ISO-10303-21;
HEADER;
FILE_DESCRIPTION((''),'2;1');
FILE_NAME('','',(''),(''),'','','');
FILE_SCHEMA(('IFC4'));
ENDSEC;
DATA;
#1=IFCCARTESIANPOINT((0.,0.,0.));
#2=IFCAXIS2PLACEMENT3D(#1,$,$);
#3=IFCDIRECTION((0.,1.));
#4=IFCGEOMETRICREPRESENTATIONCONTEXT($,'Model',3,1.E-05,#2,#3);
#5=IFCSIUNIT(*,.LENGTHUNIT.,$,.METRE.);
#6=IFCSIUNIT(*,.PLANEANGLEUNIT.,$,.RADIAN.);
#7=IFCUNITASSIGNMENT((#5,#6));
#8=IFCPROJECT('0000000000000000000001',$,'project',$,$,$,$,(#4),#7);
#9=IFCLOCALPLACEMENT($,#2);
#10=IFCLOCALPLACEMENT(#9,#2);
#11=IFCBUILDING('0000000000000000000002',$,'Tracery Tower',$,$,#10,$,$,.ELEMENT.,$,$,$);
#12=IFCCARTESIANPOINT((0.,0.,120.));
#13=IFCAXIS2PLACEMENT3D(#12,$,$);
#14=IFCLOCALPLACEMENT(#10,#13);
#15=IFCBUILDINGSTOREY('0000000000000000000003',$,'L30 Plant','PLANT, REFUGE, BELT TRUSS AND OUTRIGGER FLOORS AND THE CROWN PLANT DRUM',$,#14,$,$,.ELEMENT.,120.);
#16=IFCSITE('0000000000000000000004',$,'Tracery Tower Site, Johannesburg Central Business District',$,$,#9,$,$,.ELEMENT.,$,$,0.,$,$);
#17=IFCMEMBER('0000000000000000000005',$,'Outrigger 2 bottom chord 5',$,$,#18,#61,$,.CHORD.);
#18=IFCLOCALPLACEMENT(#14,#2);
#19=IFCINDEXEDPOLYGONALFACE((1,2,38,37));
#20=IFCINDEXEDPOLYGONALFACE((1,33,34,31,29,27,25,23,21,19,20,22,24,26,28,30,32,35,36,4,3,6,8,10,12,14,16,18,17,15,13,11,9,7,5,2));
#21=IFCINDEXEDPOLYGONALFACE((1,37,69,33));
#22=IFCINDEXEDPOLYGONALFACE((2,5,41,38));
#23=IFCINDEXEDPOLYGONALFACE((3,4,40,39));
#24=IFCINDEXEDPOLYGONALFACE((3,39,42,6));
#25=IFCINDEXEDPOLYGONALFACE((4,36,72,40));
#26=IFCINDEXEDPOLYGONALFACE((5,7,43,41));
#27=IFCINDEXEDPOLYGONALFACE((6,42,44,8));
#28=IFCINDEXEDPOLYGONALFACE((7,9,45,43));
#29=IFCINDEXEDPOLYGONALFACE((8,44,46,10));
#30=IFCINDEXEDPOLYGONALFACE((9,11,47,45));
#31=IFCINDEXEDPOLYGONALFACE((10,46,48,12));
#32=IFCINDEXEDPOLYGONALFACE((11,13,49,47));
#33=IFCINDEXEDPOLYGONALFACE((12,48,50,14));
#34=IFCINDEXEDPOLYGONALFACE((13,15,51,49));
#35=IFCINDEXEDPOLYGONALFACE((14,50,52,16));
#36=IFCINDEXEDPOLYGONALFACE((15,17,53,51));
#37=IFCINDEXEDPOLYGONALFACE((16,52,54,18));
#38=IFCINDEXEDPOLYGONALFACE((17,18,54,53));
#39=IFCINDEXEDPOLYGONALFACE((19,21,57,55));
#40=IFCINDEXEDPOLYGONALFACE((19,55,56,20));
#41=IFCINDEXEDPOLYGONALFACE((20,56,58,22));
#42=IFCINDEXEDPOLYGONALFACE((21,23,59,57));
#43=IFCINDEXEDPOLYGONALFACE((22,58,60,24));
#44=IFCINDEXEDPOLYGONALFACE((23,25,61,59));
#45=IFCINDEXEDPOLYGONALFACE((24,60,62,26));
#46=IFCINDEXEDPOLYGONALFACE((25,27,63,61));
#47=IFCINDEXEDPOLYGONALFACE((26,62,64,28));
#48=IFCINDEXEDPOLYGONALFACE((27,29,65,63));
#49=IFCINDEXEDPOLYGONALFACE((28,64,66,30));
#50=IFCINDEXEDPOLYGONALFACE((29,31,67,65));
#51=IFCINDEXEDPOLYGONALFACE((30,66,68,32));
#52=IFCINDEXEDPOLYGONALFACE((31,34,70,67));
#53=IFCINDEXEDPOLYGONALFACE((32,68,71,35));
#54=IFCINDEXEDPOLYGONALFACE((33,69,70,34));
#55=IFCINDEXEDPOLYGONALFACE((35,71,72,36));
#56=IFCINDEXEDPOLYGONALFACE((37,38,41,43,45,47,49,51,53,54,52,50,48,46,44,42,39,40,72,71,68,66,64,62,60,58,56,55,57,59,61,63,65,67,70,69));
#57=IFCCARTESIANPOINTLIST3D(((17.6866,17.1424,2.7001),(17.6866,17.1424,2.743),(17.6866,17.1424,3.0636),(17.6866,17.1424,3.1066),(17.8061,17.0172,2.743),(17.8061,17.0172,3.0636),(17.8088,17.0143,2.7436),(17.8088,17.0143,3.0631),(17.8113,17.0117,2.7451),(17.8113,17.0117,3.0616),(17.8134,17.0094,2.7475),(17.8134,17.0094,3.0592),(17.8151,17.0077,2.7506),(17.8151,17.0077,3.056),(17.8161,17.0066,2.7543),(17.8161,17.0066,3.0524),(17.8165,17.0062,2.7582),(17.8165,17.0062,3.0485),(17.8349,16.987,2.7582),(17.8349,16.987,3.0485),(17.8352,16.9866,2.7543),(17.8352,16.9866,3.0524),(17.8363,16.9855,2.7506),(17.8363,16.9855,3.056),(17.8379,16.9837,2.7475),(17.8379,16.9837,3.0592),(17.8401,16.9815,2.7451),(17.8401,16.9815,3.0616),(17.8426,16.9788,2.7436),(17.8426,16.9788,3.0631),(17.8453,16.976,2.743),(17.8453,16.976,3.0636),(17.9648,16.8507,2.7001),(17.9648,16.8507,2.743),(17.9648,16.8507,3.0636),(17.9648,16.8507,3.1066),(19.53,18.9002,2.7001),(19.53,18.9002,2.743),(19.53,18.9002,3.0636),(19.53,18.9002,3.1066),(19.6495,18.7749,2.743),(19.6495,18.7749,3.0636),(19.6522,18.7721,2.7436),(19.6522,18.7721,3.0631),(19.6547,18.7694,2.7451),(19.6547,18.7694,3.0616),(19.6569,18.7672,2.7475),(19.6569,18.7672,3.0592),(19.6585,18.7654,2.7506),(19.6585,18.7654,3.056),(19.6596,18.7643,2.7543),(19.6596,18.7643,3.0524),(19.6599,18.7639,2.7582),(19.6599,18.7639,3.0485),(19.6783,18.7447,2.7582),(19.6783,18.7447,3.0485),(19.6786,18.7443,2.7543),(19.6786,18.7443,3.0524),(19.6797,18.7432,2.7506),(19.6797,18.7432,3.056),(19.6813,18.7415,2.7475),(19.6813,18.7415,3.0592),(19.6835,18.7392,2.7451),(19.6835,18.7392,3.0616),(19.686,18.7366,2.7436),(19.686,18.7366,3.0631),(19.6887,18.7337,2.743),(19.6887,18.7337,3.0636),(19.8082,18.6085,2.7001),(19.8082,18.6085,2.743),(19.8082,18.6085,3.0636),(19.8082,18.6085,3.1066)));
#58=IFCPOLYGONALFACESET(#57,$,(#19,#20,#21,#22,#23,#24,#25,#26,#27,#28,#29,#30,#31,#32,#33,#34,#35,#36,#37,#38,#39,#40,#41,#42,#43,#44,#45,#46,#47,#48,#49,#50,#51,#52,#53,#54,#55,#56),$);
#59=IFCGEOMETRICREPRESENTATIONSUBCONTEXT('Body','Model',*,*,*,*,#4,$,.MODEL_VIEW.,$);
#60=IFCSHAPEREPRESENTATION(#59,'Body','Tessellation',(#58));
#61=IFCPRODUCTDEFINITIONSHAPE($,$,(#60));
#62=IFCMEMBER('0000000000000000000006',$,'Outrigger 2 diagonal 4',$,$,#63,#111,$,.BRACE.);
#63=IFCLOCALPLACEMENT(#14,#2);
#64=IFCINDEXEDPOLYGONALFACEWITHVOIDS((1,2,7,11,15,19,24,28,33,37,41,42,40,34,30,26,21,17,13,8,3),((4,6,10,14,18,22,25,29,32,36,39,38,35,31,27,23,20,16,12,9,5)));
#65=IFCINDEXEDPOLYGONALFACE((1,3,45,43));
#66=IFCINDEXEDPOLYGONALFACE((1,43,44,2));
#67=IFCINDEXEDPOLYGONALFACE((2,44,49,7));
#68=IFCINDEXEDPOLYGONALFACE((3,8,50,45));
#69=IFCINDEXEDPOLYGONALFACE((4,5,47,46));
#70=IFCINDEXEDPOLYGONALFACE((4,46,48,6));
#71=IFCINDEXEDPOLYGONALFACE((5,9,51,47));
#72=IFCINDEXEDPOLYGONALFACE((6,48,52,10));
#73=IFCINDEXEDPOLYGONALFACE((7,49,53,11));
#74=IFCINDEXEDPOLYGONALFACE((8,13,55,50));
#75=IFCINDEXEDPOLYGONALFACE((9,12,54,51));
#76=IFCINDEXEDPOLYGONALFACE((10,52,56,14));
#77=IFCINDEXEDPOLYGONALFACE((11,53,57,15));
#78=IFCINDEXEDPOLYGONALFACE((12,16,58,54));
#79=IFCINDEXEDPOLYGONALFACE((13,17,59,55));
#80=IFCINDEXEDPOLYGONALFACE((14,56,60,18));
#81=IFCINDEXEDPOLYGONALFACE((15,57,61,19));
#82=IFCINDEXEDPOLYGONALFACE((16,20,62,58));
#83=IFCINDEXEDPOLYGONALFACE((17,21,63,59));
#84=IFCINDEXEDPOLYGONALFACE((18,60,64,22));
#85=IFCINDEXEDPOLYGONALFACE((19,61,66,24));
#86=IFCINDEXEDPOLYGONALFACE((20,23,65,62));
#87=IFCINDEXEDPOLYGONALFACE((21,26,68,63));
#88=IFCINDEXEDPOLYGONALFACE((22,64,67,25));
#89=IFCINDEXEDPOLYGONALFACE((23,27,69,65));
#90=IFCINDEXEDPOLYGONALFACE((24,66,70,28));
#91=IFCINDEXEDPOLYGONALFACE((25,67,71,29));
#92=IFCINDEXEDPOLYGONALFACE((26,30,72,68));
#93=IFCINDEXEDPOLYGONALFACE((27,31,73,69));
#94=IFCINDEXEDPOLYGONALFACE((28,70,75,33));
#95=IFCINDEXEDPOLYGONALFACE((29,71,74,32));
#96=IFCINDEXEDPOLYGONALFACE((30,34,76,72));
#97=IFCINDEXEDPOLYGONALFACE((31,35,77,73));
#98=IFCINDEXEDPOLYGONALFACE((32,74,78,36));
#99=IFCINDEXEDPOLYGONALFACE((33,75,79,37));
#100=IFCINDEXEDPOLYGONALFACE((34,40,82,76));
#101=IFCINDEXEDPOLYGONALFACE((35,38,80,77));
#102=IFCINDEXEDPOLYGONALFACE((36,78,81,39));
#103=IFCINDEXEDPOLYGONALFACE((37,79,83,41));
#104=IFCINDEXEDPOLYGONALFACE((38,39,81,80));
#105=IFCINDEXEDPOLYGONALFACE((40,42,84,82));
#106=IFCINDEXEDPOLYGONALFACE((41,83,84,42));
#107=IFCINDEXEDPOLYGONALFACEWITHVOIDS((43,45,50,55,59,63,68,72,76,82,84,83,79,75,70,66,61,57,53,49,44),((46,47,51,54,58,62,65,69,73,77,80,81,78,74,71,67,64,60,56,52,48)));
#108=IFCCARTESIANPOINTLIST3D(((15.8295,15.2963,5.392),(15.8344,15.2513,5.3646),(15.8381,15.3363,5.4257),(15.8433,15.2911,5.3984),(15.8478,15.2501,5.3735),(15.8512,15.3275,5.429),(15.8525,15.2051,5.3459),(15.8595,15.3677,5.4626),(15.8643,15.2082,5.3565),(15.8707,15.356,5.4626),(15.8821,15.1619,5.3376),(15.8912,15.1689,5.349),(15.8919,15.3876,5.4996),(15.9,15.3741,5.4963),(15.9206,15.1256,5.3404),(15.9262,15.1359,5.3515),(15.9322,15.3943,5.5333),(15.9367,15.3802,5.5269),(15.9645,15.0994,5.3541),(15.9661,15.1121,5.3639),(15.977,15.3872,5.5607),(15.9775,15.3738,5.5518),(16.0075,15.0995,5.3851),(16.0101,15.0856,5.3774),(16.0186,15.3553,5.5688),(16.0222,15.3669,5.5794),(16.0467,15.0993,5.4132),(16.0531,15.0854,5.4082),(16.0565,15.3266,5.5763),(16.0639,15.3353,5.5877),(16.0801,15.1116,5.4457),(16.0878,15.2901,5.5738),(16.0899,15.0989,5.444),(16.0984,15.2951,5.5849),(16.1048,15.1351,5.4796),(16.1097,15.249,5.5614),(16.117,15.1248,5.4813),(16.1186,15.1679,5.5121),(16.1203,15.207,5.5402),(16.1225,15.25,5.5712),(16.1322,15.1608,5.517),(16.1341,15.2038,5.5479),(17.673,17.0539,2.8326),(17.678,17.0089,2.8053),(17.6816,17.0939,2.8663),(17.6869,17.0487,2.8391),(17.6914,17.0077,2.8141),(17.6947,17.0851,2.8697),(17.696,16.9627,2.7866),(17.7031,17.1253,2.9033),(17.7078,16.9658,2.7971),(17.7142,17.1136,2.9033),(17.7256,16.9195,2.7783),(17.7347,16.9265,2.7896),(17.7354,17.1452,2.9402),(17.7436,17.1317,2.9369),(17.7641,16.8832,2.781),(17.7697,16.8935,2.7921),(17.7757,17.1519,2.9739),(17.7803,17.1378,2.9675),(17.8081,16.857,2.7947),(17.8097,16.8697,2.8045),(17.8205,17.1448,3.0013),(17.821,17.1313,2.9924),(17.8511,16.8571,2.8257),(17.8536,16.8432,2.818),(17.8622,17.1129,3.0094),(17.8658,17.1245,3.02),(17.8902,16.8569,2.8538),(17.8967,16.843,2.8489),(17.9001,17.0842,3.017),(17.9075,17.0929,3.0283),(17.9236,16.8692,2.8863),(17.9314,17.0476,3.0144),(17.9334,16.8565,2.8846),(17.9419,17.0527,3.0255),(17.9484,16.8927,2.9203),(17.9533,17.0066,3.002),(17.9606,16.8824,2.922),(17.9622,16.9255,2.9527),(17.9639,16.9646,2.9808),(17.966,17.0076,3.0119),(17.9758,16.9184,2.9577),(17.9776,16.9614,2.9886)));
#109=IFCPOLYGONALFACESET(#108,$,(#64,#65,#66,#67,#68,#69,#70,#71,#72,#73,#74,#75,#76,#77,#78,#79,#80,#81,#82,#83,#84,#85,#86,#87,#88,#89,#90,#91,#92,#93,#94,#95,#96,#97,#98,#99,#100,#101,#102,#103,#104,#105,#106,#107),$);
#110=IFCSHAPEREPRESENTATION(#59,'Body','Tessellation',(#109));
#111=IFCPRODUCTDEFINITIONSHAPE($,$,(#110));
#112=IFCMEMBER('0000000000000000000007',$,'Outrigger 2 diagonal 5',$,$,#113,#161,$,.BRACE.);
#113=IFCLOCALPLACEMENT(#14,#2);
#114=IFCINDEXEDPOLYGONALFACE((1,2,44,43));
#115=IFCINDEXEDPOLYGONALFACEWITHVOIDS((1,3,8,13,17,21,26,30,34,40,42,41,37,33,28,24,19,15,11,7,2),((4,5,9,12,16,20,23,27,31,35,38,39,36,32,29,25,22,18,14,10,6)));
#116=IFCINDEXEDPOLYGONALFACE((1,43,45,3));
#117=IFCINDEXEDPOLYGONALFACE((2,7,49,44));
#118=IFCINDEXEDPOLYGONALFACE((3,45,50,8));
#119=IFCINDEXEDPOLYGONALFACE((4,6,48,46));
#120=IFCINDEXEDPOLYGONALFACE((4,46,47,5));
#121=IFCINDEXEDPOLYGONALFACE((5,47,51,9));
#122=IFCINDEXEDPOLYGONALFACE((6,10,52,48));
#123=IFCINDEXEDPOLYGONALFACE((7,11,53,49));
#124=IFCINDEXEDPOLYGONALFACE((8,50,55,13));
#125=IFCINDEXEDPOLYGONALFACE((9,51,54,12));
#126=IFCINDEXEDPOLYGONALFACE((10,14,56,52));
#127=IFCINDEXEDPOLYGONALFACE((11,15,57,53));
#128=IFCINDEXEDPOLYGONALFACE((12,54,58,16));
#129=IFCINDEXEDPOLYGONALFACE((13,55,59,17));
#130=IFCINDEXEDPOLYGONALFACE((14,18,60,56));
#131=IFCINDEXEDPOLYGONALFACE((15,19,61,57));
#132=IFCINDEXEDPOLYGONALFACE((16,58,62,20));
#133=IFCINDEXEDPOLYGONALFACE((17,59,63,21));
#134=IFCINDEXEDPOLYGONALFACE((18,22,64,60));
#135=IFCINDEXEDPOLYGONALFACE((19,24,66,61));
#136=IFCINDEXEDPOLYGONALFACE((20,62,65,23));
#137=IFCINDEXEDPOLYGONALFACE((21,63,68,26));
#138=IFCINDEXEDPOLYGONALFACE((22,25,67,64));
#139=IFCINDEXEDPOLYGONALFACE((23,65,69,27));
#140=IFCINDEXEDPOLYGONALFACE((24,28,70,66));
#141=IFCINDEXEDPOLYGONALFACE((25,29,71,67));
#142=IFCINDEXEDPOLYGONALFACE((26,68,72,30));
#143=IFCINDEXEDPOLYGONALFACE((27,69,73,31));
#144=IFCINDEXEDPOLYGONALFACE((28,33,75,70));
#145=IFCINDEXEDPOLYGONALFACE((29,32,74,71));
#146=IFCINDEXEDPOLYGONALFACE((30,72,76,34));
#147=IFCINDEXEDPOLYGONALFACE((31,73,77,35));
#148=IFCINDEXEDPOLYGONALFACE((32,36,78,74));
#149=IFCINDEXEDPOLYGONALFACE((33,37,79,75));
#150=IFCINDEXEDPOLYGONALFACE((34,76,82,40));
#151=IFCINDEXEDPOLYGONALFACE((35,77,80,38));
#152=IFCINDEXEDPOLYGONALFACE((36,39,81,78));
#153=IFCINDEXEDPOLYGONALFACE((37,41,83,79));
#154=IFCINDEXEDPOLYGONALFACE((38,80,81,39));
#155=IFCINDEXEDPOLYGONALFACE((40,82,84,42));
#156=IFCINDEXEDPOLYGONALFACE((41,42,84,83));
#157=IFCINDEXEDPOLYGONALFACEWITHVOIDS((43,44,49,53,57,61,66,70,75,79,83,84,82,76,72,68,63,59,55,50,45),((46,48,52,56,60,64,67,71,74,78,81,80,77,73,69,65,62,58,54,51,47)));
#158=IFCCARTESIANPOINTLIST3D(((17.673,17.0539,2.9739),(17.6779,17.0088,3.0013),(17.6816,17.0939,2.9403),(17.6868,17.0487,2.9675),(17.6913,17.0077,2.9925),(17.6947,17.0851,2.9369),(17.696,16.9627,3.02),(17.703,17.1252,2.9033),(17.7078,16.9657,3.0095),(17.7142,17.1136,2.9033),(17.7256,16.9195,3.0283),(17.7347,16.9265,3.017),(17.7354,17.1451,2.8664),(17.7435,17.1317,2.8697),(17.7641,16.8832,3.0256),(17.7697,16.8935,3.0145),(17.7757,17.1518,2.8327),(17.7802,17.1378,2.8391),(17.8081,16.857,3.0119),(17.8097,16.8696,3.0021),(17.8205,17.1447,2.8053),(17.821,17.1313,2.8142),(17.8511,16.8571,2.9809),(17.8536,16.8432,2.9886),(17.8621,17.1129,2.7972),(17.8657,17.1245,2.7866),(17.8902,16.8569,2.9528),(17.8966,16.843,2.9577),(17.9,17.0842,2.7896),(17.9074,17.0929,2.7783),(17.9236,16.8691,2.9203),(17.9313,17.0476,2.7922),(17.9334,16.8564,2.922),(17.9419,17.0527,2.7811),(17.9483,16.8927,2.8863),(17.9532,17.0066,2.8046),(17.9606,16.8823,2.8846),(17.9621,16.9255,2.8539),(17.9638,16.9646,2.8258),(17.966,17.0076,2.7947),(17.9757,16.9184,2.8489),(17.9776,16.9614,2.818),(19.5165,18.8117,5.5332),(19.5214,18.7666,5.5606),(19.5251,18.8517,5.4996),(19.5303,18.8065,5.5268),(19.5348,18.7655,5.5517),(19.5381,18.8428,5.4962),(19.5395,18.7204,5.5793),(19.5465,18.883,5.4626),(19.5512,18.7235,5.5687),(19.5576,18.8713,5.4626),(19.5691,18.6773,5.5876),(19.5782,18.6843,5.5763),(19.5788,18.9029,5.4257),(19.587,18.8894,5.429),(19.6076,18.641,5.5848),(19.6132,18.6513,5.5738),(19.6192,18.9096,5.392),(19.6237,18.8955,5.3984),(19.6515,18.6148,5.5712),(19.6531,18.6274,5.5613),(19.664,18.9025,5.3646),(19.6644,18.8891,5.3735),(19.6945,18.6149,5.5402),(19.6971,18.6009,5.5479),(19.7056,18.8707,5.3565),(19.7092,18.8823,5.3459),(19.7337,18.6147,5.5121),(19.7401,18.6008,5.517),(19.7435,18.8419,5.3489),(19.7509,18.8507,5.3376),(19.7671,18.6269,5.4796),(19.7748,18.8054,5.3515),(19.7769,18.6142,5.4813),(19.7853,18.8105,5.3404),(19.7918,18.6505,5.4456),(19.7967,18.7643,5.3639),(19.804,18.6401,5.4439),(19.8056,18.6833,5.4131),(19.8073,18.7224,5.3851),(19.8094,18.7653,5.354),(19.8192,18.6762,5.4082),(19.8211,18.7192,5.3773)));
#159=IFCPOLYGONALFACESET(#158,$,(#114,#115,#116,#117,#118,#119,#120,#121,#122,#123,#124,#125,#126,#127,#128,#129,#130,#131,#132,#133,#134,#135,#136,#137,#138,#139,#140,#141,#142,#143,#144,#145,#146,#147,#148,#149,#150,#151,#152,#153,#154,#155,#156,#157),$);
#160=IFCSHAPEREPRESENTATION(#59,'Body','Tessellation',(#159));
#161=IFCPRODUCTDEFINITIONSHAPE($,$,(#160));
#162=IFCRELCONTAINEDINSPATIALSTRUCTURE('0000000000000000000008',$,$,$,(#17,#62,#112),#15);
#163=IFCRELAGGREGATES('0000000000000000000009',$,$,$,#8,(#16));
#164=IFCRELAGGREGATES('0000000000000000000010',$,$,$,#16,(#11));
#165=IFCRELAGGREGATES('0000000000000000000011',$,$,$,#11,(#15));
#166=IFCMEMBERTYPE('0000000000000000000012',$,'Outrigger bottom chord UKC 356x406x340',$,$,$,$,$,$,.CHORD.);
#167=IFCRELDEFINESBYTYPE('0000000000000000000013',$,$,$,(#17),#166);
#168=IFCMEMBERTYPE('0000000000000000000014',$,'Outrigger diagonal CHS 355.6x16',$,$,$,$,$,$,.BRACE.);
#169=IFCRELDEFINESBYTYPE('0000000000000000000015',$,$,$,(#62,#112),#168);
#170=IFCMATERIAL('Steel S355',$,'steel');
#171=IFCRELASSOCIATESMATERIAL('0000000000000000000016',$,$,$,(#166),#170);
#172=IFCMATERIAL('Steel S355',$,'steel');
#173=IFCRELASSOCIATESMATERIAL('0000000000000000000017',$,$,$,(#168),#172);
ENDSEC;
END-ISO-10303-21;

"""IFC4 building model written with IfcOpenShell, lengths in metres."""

from ifc_helpers import new_model, si_unit, direction, frame, origin, origin_2d, place, context, subcontext, project, spatial, hollow_circle, i_section, extrude, material, material_profile, profile_set, type_object, element, save


model = new_model("IFC4")

# Units and contexts
model_context = context("Model", 3, precision=1e-05, world=origin(), true_north=direction((0.0, 1.0)))
body_context = subcontext(model_context, "Body", "Model", "MODEL_VIEW")
ifc_project = project(units=[si_unit("LENGTHUNIT", "METRE"), si_unit("PLANEANGLEUNIT", "RADIAN")], contexts=[model_context])

# Site, building, storey
site_placement = place(None, origin())
site = spatial("IfcSite", under=ifc_project, at=site_placement, Name="Tracery Tower Site, Johannesburg Central Business District", CompositionType="ELEMENT", RefElevation=0.0)
building_placement = place(site_placement, origin())
building = spatial("IfcBuilding", under=site, at=building_placement, Name="Tracery Tower", CompositionType="ELEMENT")
storey_placement = place(building_placement, frame((0.0, 0.0, 120.0)))
storey = spatial("IfcBuildingStorey", under=building, at=storey_placement, Name="L30 Plant", Description="PLANT, REFUGE, BELT TRUSS AND OUTRIGGER FLOORS AND THE CROWN PLANT DRUM", CompositionType="ELEMENT", Elevation=120.0)

# Members
ifc_material_1 = material(Name="Steel S355", Category="steel")
ifc_material_profile_1 = material_profile(ifc_material_1, i_section(OverallWidth=0.4031, OverallDepth=0.4065, WebThickness=0.0266, FlangeThickness=0.043, FilletRadius=0.0151, at=origin_2d()), Name="UKC 356x406x340")
ifc_profile_set_1 = profile_set([ifc_material_profile_1], Name="Steel S355")
member_type_1 = type_object("IfcMemberType", Name="Outrigger bottom chord UKC 356x406x340", PredefinedType="CHORD", material=ifc_profile_set_1)
for number, where, z_axis, x_axis, name in (
    (1, (17.8257, 16.9966, 2.9033), (0.723728, 0.690086, 0.0), (-0.690086, 0.723728, 0.0), "Outrigger 2 bottom chord 5"),
):
    element("IfcMember", number, at=place(storey_placement, frame(where, z_axis=z_axis, x_axis=x_axis)), inside=storey, type_object=member_type_1, Name=name, PredefinedType="CHORD", context=body_context, shape_type="SweptSolid", body=[
        extrude(i_section(OverallWidth=0.4031, OverallDepth=0.4065, WebThickness=0.0266, FlangeThickness=0.043, FilletRadius=0.0151, at=origin_2d()), origin(), (0.0, 0.0, 1.0), 2.5471),
    ])
ifc_material_2 = material(Name="Steel S355", Category="steel")
ifc_material_profile_2 = material_profile(ifc_material_2, hollow_circle(Radius=0.1777, WallThickness=0.0161, at=origin_2d()), Name="CHS 355.6x16")
ifc_profile_set_2 = profile_set([ifc_material_profile_2], Name="Steel S355")
member_type_2 = type_object("IfcMemberType", Name="Outrigger diagonal CHS 355.6x16", PredefinedType="BRACE", material=ifc_profile_set_2)
for number, where, z_axis, x_axis, name in (
    (2, (15.9822, 15.239, 5.4626), (0.510557, 0.486756, -0.708802), (-0.690036, 0.723775, 0.0), "Outrigger 2 diagonal 4"),
    (3, (17.8257, 16.9966, 2.9033), (0.51054, 0.486808, 0.708779), (-0.690086, 0.723728, 0.0), "Outrigger 2 diagonal 5"),
):
    element("IfcMember", number, at=place(storey_placement, frame(where, z_axis=z_axis, x_axis=x_axis)), inside=storey, type_object=member_type_2, Name=name, PredefinedType="BRACE", context=body_context, shape_type="SweptSolid", body=[
        extrude(hollow_circle(Radius=0.1777, WallThickness=0.0161, at=origin_2d()), origin(), (0.0, 0.0, 1.0), 3.6108),
    ])

save(model, "model.ifc")
